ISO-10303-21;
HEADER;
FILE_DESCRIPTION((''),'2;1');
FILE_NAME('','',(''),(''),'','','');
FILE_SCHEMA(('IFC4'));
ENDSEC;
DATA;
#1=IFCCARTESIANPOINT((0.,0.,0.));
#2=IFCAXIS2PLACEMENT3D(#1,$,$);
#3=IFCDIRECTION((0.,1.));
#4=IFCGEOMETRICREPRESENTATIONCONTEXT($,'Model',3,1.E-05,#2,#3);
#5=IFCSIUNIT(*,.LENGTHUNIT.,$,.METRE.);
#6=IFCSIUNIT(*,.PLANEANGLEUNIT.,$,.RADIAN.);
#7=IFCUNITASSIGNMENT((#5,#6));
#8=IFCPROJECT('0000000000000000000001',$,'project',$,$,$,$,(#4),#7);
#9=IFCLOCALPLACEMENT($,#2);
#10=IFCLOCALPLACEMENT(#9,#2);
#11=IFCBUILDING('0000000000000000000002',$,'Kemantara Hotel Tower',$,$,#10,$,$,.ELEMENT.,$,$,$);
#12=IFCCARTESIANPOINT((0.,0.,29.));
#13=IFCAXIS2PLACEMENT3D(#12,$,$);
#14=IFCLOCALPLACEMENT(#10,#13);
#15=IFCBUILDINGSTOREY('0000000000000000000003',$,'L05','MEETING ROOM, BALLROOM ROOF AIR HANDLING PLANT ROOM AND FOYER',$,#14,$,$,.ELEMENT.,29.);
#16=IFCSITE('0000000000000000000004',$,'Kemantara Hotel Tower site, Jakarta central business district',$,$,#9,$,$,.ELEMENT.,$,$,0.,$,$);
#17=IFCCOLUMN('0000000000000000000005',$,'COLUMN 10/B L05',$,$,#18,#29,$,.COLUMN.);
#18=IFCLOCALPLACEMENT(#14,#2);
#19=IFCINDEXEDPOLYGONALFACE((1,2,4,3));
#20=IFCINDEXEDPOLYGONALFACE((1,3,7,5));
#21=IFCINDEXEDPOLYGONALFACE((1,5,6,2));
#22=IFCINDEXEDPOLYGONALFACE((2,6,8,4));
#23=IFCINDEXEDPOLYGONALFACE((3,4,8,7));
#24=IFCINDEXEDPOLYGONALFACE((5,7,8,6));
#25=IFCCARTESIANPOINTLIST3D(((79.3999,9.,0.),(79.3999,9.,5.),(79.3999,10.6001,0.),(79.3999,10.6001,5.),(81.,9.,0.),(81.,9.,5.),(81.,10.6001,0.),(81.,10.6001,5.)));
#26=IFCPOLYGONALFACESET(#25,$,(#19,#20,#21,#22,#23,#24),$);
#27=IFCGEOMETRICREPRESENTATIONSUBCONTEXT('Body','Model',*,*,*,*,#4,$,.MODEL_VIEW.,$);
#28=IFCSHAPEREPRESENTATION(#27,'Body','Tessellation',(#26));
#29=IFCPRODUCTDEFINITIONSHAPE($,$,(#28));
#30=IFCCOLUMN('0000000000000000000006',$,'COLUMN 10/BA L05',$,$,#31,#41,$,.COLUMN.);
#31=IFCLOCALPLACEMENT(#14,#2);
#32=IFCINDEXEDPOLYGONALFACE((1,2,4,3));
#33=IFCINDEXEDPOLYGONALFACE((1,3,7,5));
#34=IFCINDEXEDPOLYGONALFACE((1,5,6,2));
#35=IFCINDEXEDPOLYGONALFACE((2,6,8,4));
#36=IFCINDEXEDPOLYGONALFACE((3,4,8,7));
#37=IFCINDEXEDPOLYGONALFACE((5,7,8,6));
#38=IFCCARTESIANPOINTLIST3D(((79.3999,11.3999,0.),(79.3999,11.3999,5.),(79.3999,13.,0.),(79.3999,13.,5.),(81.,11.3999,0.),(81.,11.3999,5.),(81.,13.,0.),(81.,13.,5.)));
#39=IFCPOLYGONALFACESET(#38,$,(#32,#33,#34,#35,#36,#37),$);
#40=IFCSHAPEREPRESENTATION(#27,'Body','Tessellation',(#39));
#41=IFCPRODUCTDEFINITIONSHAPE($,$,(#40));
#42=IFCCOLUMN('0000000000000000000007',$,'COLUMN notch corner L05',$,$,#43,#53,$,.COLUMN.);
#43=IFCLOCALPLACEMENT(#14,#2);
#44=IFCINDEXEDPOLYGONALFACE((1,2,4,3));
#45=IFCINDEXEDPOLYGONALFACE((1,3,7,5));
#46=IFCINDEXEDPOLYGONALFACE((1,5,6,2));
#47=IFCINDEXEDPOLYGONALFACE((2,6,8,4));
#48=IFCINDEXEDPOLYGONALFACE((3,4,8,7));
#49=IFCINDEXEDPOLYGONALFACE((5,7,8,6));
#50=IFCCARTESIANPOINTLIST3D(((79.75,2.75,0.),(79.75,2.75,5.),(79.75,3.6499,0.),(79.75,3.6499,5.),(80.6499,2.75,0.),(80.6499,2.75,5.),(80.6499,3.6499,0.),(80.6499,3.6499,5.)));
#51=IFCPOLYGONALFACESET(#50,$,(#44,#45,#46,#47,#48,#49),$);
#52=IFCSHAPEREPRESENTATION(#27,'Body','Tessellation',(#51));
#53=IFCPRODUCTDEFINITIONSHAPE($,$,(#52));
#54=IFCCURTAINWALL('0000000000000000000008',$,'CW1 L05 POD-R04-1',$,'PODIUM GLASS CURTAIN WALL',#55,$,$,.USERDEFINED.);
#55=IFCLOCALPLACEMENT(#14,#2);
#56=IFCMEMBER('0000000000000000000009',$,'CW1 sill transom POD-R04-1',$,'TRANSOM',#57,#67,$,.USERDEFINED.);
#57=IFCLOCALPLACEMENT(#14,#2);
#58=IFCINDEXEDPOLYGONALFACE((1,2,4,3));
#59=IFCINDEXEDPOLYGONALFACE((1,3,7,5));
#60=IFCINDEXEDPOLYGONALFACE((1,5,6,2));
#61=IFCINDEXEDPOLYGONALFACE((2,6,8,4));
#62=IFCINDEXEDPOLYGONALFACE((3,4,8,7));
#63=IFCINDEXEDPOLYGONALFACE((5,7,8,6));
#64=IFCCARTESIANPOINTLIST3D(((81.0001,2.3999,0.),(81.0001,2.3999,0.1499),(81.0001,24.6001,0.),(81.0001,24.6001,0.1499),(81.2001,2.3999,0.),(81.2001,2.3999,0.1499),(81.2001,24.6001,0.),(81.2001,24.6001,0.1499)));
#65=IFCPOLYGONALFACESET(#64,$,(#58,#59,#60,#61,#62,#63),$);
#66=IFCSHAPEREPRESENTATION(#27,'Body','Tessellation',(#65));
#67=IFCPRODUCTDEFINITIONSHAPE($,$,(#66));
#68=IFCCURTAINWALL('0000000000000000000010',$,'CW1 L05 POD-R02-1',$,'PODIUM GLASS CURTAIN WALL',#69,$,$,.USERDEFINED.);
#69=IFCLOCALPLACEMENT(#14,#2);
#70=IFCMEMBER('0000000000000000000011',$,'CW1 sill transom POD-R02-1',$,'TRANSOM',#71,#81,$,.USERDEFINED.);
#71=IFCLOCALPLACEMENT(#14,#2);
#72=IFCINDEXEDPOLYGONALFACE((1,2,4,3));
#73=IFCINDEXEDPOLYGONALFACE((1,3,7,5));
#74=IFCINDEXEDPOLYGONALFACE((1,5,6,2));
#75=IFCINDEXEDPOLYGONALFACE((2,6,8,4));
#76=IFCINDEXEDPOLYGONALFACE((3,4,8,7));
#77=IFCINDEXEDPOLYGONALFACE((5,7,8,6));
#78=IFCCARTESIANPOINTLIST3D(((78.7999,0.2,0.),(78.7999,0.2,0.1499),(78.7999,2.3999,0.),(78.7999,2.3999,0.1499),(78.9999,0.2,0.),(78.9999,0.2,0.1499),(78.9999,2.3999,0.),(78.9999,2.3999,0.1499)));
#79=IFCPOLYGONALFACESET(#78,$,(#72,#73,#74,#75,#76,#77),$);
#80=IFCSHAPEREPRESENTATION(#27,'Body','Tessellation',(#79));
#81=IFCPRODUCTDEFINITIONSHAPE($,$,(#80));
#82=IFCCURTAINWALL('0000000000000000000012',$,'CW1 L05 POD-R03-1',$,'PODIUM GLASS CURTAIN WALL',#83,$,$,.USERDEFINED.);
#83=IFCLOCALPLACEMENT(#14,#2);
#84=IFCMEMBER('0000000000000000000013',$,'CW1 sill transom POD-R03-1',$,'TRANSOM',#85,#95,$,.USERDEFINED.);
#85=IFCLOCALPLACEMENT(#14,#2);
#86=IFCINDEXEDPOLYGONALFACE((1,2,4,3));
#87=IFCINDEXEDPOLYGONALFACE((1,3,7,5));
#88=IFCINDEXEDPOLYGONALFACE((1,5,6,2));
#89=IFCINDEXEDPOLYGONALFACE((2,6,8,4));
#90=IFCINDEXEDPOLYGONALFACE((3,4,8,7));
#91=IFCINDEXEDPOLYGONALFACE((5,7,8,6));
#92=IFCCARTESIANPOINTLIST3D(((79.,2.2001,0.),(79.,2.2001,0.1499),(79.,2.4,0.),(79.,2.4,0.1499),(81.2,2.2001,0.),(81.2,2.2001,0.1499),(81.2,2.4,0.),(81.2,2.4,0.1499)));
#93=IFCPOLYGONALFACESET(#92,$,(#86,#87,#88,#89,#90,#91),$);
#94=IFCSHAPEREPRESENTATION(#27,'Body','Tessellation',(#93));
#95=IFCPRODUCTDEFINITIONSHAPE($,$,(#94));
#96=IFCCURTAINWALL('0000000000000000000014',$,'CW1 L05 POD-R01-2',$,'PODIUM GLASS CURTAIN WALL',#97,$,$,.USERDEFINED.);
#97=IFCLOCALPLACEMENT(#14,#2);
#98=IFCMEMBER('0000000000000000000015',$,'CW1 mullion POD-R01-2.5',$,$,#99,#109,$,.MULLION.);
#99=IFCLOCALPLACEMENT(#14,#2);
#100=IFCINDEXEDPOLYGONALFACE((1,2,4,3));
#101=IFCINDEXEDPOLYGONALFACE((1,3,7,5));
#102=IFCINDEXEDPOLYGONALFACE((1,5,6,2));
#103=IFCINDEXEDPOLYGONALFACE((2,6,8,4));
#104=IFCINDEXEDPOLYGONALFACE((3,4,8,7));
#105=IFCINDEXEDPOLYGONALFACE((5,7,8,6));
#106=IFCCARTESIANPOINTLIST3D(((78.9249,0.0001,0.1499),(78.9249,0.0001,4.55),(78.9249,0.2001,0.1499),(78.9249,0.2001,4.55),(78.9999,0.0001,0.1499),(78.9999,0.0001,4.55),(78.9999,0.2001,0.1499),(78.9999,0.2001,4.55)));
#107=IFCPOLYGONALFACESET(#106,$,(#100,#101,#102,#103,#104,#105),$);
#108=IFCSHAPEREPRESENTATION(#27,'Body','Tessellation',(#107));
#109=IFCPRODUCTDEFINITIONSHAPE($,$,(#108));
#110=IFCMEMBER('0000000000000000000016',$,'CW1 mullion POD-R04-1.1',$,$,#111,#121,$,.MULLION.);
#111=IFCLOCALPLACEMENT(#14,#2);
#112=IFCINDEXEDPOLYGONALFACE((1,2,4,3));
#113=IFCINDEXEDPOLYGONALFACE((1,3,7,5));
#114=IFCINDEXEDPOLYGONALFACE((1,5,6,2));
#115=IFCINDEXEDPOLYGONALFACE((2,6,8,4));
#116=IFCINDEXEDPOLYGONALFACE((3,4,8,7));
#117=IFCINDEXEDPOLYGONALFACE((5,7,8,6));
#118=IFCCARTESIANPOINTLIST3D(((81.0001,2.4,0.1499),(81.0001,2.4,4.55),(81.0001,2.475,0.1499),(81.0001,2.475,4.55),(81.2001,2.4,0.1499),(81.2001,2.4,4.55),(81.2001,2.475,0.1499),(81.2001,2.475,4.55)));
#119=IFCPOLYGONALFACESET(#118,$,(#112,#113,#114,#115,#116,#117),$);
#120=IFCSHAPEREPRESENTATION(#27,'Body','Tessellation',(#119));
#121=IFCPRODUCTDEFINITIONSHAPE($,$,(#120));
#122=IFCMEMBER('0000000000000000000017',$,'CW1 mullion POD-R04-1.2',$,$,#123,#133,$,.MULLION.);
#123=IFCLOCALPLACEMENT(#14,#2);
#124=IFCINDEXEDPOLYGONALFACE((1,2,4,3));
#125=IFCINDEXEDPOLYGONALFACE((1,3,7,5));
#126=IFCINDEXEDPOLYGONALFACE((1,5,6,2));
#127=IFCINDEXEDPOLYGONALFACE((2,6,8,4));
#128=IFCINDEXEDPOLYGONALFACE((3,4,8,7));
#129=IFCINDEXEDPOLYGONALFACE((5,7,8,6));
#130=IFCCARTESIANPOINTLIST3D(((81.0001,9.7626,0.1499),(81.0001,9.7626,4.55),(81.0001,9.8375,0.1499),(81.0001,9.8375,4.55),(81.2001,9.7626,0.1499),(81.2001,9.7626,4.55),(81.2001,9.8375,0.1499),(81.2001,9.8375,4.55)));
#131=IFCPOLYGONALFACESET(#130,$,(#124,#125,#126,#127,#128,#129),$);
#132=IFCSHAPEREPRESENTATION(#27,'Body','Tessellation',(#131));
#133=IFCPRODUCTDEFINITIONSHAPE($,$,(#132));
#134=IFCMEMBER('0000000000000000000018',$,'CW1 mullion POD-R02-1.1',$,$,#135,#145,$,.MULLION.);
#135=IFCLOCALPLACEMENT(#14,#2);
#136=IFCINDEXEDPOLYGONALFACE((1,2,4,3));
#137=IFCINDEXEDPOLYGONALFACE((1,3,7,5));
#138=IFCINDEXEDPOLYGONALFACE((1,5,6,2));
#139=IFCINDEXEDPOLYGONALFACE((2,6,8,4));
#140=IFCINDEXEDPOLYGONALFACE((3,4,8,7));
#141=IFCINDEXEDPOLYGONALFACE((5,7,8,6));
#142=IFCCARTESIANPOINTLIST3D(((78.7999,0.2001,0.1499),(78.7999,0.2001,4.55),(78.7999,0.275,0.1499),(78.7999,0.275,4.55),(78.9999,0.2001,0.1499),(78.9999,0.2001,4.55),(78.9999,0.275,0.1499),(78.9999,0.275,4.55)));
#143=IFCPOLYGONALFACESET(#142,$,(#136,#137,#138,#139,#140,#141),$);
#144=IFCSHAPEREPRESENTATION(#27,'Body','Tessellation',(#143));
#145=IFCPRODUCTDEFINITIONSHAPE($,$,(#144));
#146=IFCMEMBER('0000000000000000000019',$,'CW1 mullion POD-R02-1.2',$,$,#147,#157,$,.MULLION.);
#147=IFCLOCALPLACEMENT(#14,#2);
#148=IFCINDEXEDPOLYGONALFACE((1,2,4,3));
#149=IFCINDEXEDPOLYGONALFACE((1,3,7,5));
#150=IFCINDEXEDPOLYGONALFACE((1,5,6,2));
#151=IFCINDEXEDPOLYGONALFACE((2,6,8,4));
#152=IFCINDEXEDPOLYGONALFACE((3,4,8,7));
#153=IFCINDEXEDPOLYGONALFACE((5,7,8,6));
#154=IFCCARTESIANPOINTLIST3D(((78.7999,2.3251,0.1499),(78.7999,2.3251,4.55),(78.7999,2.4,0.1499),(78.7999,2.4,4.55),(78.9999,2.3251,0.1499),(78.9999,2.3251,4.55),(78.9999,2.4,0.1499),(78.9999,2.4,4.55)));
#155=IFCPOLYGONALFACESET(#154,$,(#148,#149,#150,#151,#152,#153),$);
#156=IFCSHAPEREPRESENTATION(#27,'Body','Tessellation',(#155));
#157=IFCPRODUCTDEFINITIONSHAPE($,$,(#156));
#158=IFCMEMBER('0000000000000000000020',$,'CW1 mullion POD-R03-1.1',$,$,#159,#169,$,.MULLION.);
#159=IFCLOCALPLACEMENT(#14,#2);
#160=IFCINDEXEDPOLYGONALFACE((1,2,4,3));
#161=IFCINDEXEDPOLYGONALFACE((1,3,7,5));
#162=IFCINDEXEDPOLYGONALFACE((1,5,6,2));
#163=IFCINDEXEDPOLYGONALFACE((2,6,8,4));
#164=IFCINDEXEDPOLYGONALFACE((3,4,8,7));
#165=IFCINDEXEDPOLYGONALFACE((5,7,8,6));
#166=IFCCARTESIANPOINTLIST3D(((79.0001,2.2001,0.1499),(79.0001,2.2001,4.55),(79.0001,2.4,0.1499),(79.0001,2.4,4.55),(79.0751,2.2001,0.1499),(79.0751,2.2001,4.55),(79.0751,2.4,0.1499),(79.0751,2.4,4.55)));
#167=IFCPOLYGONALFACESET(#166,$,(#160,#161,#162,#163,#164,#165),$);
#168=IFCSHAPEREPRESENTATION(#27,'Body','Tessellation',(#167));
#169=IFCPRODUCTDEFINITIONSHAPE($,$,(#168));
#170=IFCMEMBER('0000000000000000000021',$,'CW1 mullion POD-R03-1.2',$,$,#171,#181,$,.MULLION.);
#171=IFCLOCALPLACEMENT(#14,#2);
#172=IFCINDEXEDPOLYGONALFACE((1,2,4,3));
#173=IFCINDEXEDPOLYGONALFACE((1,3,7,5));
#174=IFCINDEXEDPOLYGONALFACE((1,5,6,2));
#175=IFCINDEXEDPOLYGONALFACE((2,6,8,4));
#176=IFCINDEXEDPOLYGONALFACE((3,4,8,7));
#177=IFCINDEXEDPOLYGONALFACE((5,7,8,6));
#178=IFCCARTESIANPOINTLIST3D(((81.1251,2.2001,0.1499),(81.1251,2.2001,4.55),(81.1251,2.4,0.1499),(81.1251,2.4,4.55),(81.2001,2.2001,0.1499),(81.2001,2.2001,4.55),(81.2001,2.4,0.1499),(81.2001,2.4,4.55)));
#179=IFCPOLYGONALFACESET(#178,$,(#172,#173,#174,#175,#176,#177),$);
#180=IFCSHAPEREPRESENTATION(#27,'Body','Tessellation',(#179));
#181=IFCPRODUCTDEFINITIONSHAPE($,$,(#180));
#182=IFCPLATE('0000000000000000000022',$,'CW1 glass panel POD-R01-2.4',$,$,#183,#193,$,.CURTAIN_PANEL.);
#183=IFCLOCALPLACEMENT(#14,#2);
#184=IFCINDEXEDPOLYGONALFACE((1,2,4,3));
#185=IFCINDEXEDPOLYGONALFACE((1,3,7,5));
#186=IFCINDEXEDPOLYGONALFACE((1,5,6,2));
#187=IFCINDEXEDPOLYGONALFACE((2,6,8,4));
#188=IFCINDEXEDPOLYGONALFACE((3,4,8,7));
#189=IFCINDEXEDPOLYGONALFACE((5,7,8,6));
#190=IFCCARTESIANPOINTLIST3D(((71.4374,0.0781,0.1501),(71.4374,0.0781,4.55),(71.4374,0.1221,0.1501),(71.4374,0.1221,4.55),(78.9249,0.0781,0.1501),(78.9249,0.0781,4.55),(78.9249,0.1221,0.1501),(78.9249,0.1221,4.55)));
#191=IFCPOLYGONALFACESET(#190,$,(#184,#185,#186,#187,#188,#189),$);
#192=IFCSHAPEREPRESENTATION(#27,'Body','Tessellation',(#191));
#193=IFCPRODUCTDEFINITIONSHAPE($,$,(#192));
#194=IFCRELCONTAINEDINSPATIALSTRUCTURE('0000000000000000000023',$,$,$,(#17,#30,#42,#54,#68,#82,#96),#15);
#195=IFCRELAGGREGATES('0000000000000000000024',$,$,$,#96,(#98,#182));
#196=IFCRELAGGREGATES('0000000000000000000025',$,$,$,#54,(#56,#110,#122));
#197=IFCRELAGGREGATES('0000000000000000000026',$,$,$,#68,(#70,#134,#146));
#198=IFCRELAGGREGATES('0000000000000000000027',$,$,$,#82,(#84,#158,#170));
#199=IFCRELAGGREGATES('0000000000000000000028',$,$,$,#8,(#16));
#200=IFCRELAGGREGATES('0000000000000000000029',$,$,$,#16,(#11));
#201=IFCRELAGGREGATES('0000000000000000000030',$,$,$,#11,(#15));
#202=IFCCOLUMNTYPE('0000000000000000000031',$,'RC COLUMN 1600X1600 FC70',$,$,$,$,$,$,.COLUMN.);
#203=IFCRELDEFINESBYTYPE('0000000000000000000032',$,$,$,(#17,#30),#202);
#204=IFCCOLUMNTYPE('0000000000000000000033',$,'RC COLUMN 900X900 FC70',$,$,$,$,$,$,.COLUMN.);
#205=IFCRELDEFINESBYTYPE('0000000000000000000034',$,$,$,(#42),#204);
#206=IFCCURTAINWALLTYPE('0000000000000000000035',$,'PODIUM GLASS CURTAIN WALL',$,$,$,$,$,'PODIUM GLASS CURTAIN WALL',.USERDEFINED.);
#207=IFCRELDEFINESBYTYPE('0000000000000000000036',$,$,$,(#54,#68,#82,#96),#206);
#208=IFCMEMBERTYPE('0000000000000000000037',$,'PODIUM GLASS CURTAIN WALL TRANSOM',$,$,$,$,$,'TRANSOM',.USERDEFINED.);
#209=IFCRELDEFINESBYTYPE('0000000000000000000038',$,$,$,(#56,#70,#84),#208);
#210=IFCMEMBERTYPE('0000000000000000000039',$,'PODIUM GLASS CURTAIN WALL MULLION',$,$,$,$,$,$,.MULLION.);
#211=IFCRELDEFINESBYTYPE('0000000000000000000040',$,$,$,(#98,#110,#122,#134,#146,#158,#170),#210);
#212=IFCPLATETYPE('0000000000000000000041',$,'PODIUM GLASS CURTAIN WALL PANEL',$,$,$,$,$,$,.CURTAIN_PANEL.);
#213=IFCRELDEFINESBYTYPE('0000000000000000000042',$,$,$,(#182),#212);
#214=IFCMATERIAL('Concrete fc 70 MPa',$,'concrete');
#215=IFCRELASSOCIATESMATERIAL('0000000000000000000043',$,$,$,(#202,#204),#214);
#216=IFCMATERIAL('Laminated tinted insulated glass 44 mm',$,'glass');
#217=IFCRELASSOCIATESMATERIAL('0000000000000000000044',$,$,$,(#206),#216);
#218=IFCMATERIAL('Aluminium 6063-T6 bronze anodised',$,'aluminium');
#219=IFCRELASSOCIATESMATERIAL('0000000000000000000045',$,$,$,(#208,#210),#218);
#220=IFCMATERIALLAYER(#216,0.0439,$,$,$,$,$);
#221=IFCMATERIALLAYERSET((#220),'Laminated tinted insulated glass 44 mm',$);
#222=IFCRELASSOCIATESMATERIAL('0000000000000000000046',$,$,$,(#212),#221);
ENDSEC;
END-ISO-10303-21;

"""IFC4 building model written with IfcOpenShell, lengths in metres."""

from ifc_helpers import new_model, si_unit, direction, frame, origin, origin_2d, place, context, subcontext, project, spatial, rectangle, extrude, source, transform, mapped, material, layer, layer_set, material_profile, profile_set, type_object, element, aggregate, save


model = new_model("IFC4")

# Units and contexts
model_context = context("Model", 3, precision=1e-05, world=origin(), true_north=direction((0.0, 1.0)))
body_context = subcontext(model_context, "Body", "Model", "MODEL_VIEW")
ifc_project = project(units=[si_unit("LENGTHUNIT", "METRE"), si_unit("PLANEANGLEUNIT", "RADIAN")], contexts=[model_context])

# Site, building, storey
site_placement = place(None, origin())
site = spatial("IfcSite", under=ifc_project, at=site_placement, Name="Kemantara Hotel Tower site, Jakarta central business district", CompositionType="ELEMENT", RefElevation=0.0)
building_placement = place(site_placement, origin())
building = spatial("IfcBuilding", under=site, at=building_placement, Name="Kemantara Hotel Tower", CompositionType="ELEMENT")
storey_placement = place(building_placement, frame((0.0, 0.0, 29.0)))
storey = spatial("IfcBuildingStorey", under=building, at=storey_placement, Name="L05", Description="MEETING ROOM, BALLROOM ROOF AIR HANDLING PLANT ROOM AND FOYER", CompositionType="ELEMENT", Elevation=29.0)

# Columns
ifc_material_1 = material(Name="Concrete fc 70 MPa", Category="concrete")
ifc_material_profile_1 = material_profile(ifc_material_1, rectangle(XDim=1.6001, YDim=1.6001, at=origin_2d()), Name="RC 1600X1600")
ifc_profile_set_1 = profile_set([ifc_material_profile_1], Name="Concrete fc 70 MPa")
column_type_1 = type_object("IfcColumnType", Name="RC COLUMN 1600X1600 FC70", PredefinedType="COLUMN", material=ifc_profile_set_1)
for number, where, z_axis, x_axis, name in (
    (1, (80.2, 9.8, 0.0), (0.0, 0.0, 1.0), (1.0, 0.0, 0.0), "COLUMN 10/B L05"),
    (2, (80.2, 12.2, 0.0), (0.0, 0.0, 1.0), (1.0, 0.0, 0.0), "COLUMN 10/BA L05"),
):
    element("IfcColumn", number, at=place(storey_placement, frame(where, z_axis=z_axis, x_axis=x_axis)), inside=storey, type_object=column_type_1, Name=name, PredefinedType="COLUMN", context=body_context, shape_type="SweptSolid", body=[
        extrude(rectangle(XDim=1.6001, YDim=1.6001, at=origin_2d()), origin(), (0.0, 0.0, 1.0), 5.0),
    ])
ifc_material_profile_2 = material_profile(ifc_material_1, rectangle(XDim=0.8999, YDim=0.8999, at=origin_2d()), Name="RC 900X900")
ifc_profile_set_2 = profile_set([ifc_material_profile_2], Name="Concrete fc 70 MPa")
column_type_2 = type_object("IfcColumnType", Name="RC COLUMN 900X900 FC70", PredefinedType="COLUMN", material=ifc_profile_set_2)
column_placement = place(storey_placement, frame((80.2, 3.2, 0.0), z_axis=(0.0, 0.0, 1.0), x_axis=(1.0, 0.0, 0.0)))
element("IfcColumn", 3, at=column_placement, inside=storey, type_object=column_type_2, Name="COLUMN notch corner L05", PredefinedType="COLUMN", context=body_context, shape_type="SweptSolid", body=[
    extrude(rectangle(XDim=0.8999, YDim=0.8999, at=origin_2d()), origin(), (0.0, 0.0, 1.0), 5.0),
])

# Curtain walls, members
ifc_material_2 = material(Name="Laminated tinted insulated glass 44 mm", Category="glass")
curtain_wall_type = type_object("IfcCurtainWallType", Name="PODIUM GLASS CURTAIN WALL", ElementType="PODIUM GLASS CURTAIN WALL", PredefinedType="USERDEFINED", material=ifc_material_2)
curtain_wall_1_placement = place(storey_placement, origin())
curtain_wall_1 = element("IfcCurtainWall", 4, at=curtain_wall_1_placement, inside=storey, type_object=curtain_wall_type, Name="CW1 L05 POD-R04-1", ObjectType="PODIUM GLASS CURTAIN WALL", PredefinedType="USERDEFINED")
ifc_material_3 = material(Name="Aluminium 6063-T6 bronze anodised", Category="aluminium")
ifc_material_profile_3 = material_profile(ifc_material_3, rectangle(XDim=0.2, YDim=0.1499, at=origin_2d()), Name="PODIUM GLASS CURTAIN WALL TRANSOM")
ifc_profile_set_3 = profile_set([ifc_material_profile_3], Name="Aluminium 6063-T6 bronze anodised")
member_type_1 = type_object("IfcMemberType", Name="PODIUM GLASS CURTAIN WALL TRANSOM", ElementType="TRANSOM", PredefinedType="USERDEFINED", material=ifc_profile_set_3)
member_1_placement = place(storey_placement, frame((81.1001, 2.3999, 0.075), z_axis=(0.0, 1.0, 0.0), x_axis=(-1.0, 0.0, 0.0)))
member_1 = element("IfcMember", 5, at=member_1_placement, type_object=member_type_1, Name="CW1 sill transom POD-R04-1", ObjectType="TRANSOM", PredefinedType="USERDEFINED", context=body_context, shape_type="SweptSolid", body=[
    extrude(rectangle(XDim=0.2, YDim=0.1499, at=origin_2d()), origin(), (0.0, 0.0, 1.0), 22.2002),
])
curtain_wall_2_placement = place(storey_placement, origin())
curtain_wall_2 = element("IfcCurtainWall", 6, at=curtain_wall_2_placement, inside=storey, type_object=curtain_wall_type, Name="CW1 L05 POD-R02-1", ObjectType="PODIUM GLASS CURTAIN WALL", PredefinedType="USERDEFINED")
member_2_placement = place(storey_placement, frame((78.8999, 0.2, 0.075), z_axis=(0.0, 1.0, 0.0), x_axis=(-1.0, 0.0, 0.0)))
member_2 = element("IfcMember", 7, at=member_2_placement, type_object=member_type_1, Name="CW1 sill transom POD-R02-1", ObjectType="TRANSOM", PredefinedType="USERDEFINED", context=body_context, shape_type="SweptSolid", body=[
    extrude(rectangle(XDim=0.2, YDim=0.1499, at=origin_2d()), origin(), (0.0, 0.0, 1.0), 2.2),
])
curtain_wall_3_placement = place(storey_placement, origin())
curtain_wall_3 = element("IfcCurtainWall", 8, at=curtain_wall_3_placement, inside=storey, type_object=curtain_wall_type, Name="CW1 L05 POD-R03-1", ObjectType="PODIUM GLASS CURTAIN WALL", PredefinedType="USERDEFINED")
member_3_placement = place(storey_placement, frame((79.0, 2.3, 0.075), z_axis=(1.0, 0.0, 0.0), x_axis=(0.0, 1.0, 0.0)))
member_3 = element("IfcMember", 9, at=member_3_placement, type_object=member_type_1, Name="CW1 sill transom POD-R03-1", ObjectType="TRANSOM", PredefinedType="USERDEFINED", context=body_context, shape_type="SweptSolid", body=[
    extrude(rectangle(XDim=0.2, YDim=0.1499, at=origin_2d()), origin(), (0.0, 0.0, 1.0), 2.2),
])
curtain_wall_4_placement = place(storey_placement, origin())
curtain_wall_4 = element("IfcCurtainWall", 10, at=curtain_wall_4_placement, inside=storey, type_object=curtain_wall_type, Name="CW1 L05 POD-R01-2", ObjectType="PODIUM GLASS CURTAIN WALL", PredefinedType="USERDEFINED")
ifc_material_profile_4 = material_profile(ifc_material_3, rectangle(XDim=0.2, YDim=0.075, at=origin_2d()), Name="PODIUM GLASS CURTAIN WALL MULLION")
ifc_profile_set_4 = profile_set([ifc_material_profile_4], Name="Aluminium 6063-T6 bronze anodised")
member_type_2 = type_object("IfcMemberType", Name="PODIUM GLASS CURTAIN WALL MULLION", PredefinedType="MULLION", material=ifc_profile_set_4)
shared_shape_1 = source(origin(), body_context, "Body", "SweptSolid", [
    extrude(rectangle(XDim=0.2, YDim=0.075, at=origin_2d()), origin(), (0.0, 0.0, 1.0), 4.4001),
])
member_4_placement = place(storey_placement, frame((78.9624, 0.1001, 0.1499), z_axis=(0.0, 0.0, 1.0), x_axis=(0.0, 1.0, 0.0)))
member_4 = element("IfcMember", 11, at=member_4_placement, type_object=member_type_2, Name="CW1 mullion POD-R01-2.5", PredefinedType="MULLION", context=body_context, shape_type="MappedRepresentation", body=[
    mapped(shared_shape_1, transform((0.0, 0.0, 0.0))),
])

# Members
member_5_placement = place(storey_placement, frame((81.1001, 2.4375, 0.1499), z_axis=(0.0, 0.0, 1.0), x_axis=(-1.0, 0.0, 0.0)))
member_5 = element("IfcMember", 12, at=member_5_placement, type_object=member_type_2, Name="CW1 mullion POD-R04-1.1", PredefinedType="MULLION", context=body_context, shape_type="MappedRepresentation", body=[
    mapped(shared_shape_1, transform((0.0, 0.0, 0.0))),
])
member_6_placement = place(storey_placement, frame((81.1001, 9.8, 0.1499), z_axis=(0.0, 0.0, 1.0), x_axis=(-1.0, 0.0, 0.0)))
member_6 = element("IfcMember", 13, at=member_6_placement, type_object=member_type_2, Name="CW1 mullion POD-R04-1.2", PredefinedType="MULLION", context=body_context, shape_type="MappedRepresentation", body=[
    mapped(shared_shape_1, transform((0.0, 0.0, 0.0))),
])
member_7_placement = place(storey_placement, frame((78.8999, 0.2375, 0.1499), z_axis=(0.0, 0.0, 1.0), x_axis=(-1.0, 0.0, 0.0)))
member_7 = element("IfcMember", 14, at=member_7_placement, type_object=member_type_2, Name="CW1 mullion POD-R02-1.1", PredefinedType="MULLION", context=body_context, shape_type="MappedRepresentation", body=[
    mapped(shared_shape_1, transform((0.0, 0.0, 0.0))),
])
member_8_placement = place(storey_placement, frame((78.8999, 2.3625, 0.1499), z_axis=(0.0, 0.0, 1.0), x_axis=(-1.0, 0.0, 0.0)))
member_8 = element("IfcMember", 15, at=member_8_placement, type_object=member_type_2, Name="CW1 mullion POD-R02-1.2", PredefinedType="MULLION", context=body_context, shape_type="MappedRepresentation", body=[
    mapped(shared_shape_1, transform((0.0, 0.0, 0.0))),
])
member_9_placement = place(storey_placement, frame((79.0376, 2.3, 0.1499), z_axis=(0.0, 0.0, 1.0), x_axis=(0.0, 1.0, 0.0)))
member_9 = element("IfcMember", 16, at=member_9_placement, type_object=member_type_2, Name="CW1 mullion POD-R03-1.1", PredefinedType="MULLION", context=body_context, shape_type="MappedRepresentation", body=[
    mapped(shared_shape_1, transform((0.0, 0.0, 0.0))),
])
member_10_placement = place(storey_placement, frame((81.1626, 2.3, 0.1499), z_axis=(0.0, 0.0, 1.0), x_axis=(0.0, 1.0, 0.0)))
member_10 = element("IfcMember", 17, at=member_10_placement, type_object=member_type_2, Name="CW1 mullion POD-R03-1.2", PredefinedType="MULLION", context=body_context, shape_type="MappedRepresentation", body=[
    mapped(shared_shape_1, transform((0.0, 0.0, 0.0))),
])

# Plate
ifc_layer_1 = layer(ifc_material_2, 0.0439)
ifc_layer_set_1 = layer_set([ifc_layer_1], Name="Laminated tinted insulated glass 44 mm")
plate_type = type_object("IfcPlateType", Name="PODIUM GLASS CURTAIN WALL PANEL", PredefinedType="CURTAIN_PANEL", material=ifc_layer_set_1)
shared_shape_2 = source(origin(), body_context, "Body", "SweptSolid", [
    extrude(rectangle(XDim=7.4875, YDim=0.0439, at=origin_2d()), origin(), (0.0, 0.0, 1.0), 4.3999),
])
plate_1_placement = place(storey_placement, frame((75.1812, 0.1001, 0.1501), z_axis=(0.0, 0.0, 1.0), x_axis=(1.0, 0.0, 0.0)))
plate_1 = element("IfcPlate", 18, at=plate_1_placement, type_object=plate_type, Name="CW1 glass panel POD-R01-2.4", PredefinedType="CURTAIN_PANEL", context=body_context, shape_type="MappedRepresentation", body=[
    mapped(shared_shape_2, transform((0.0, 0.0, 0.0))),
])
aggregate(curtain_wall_4, [member_4, plate_1])
aggregate(curtain_wall_1, [member_1, member_5, member_6])
aggregate(curtain_wall_2, [member_2, member_7, member_8])
aggregate(curtain_wall_3, [member_3, member_9, member_10])

save(model, "model.ifc")
